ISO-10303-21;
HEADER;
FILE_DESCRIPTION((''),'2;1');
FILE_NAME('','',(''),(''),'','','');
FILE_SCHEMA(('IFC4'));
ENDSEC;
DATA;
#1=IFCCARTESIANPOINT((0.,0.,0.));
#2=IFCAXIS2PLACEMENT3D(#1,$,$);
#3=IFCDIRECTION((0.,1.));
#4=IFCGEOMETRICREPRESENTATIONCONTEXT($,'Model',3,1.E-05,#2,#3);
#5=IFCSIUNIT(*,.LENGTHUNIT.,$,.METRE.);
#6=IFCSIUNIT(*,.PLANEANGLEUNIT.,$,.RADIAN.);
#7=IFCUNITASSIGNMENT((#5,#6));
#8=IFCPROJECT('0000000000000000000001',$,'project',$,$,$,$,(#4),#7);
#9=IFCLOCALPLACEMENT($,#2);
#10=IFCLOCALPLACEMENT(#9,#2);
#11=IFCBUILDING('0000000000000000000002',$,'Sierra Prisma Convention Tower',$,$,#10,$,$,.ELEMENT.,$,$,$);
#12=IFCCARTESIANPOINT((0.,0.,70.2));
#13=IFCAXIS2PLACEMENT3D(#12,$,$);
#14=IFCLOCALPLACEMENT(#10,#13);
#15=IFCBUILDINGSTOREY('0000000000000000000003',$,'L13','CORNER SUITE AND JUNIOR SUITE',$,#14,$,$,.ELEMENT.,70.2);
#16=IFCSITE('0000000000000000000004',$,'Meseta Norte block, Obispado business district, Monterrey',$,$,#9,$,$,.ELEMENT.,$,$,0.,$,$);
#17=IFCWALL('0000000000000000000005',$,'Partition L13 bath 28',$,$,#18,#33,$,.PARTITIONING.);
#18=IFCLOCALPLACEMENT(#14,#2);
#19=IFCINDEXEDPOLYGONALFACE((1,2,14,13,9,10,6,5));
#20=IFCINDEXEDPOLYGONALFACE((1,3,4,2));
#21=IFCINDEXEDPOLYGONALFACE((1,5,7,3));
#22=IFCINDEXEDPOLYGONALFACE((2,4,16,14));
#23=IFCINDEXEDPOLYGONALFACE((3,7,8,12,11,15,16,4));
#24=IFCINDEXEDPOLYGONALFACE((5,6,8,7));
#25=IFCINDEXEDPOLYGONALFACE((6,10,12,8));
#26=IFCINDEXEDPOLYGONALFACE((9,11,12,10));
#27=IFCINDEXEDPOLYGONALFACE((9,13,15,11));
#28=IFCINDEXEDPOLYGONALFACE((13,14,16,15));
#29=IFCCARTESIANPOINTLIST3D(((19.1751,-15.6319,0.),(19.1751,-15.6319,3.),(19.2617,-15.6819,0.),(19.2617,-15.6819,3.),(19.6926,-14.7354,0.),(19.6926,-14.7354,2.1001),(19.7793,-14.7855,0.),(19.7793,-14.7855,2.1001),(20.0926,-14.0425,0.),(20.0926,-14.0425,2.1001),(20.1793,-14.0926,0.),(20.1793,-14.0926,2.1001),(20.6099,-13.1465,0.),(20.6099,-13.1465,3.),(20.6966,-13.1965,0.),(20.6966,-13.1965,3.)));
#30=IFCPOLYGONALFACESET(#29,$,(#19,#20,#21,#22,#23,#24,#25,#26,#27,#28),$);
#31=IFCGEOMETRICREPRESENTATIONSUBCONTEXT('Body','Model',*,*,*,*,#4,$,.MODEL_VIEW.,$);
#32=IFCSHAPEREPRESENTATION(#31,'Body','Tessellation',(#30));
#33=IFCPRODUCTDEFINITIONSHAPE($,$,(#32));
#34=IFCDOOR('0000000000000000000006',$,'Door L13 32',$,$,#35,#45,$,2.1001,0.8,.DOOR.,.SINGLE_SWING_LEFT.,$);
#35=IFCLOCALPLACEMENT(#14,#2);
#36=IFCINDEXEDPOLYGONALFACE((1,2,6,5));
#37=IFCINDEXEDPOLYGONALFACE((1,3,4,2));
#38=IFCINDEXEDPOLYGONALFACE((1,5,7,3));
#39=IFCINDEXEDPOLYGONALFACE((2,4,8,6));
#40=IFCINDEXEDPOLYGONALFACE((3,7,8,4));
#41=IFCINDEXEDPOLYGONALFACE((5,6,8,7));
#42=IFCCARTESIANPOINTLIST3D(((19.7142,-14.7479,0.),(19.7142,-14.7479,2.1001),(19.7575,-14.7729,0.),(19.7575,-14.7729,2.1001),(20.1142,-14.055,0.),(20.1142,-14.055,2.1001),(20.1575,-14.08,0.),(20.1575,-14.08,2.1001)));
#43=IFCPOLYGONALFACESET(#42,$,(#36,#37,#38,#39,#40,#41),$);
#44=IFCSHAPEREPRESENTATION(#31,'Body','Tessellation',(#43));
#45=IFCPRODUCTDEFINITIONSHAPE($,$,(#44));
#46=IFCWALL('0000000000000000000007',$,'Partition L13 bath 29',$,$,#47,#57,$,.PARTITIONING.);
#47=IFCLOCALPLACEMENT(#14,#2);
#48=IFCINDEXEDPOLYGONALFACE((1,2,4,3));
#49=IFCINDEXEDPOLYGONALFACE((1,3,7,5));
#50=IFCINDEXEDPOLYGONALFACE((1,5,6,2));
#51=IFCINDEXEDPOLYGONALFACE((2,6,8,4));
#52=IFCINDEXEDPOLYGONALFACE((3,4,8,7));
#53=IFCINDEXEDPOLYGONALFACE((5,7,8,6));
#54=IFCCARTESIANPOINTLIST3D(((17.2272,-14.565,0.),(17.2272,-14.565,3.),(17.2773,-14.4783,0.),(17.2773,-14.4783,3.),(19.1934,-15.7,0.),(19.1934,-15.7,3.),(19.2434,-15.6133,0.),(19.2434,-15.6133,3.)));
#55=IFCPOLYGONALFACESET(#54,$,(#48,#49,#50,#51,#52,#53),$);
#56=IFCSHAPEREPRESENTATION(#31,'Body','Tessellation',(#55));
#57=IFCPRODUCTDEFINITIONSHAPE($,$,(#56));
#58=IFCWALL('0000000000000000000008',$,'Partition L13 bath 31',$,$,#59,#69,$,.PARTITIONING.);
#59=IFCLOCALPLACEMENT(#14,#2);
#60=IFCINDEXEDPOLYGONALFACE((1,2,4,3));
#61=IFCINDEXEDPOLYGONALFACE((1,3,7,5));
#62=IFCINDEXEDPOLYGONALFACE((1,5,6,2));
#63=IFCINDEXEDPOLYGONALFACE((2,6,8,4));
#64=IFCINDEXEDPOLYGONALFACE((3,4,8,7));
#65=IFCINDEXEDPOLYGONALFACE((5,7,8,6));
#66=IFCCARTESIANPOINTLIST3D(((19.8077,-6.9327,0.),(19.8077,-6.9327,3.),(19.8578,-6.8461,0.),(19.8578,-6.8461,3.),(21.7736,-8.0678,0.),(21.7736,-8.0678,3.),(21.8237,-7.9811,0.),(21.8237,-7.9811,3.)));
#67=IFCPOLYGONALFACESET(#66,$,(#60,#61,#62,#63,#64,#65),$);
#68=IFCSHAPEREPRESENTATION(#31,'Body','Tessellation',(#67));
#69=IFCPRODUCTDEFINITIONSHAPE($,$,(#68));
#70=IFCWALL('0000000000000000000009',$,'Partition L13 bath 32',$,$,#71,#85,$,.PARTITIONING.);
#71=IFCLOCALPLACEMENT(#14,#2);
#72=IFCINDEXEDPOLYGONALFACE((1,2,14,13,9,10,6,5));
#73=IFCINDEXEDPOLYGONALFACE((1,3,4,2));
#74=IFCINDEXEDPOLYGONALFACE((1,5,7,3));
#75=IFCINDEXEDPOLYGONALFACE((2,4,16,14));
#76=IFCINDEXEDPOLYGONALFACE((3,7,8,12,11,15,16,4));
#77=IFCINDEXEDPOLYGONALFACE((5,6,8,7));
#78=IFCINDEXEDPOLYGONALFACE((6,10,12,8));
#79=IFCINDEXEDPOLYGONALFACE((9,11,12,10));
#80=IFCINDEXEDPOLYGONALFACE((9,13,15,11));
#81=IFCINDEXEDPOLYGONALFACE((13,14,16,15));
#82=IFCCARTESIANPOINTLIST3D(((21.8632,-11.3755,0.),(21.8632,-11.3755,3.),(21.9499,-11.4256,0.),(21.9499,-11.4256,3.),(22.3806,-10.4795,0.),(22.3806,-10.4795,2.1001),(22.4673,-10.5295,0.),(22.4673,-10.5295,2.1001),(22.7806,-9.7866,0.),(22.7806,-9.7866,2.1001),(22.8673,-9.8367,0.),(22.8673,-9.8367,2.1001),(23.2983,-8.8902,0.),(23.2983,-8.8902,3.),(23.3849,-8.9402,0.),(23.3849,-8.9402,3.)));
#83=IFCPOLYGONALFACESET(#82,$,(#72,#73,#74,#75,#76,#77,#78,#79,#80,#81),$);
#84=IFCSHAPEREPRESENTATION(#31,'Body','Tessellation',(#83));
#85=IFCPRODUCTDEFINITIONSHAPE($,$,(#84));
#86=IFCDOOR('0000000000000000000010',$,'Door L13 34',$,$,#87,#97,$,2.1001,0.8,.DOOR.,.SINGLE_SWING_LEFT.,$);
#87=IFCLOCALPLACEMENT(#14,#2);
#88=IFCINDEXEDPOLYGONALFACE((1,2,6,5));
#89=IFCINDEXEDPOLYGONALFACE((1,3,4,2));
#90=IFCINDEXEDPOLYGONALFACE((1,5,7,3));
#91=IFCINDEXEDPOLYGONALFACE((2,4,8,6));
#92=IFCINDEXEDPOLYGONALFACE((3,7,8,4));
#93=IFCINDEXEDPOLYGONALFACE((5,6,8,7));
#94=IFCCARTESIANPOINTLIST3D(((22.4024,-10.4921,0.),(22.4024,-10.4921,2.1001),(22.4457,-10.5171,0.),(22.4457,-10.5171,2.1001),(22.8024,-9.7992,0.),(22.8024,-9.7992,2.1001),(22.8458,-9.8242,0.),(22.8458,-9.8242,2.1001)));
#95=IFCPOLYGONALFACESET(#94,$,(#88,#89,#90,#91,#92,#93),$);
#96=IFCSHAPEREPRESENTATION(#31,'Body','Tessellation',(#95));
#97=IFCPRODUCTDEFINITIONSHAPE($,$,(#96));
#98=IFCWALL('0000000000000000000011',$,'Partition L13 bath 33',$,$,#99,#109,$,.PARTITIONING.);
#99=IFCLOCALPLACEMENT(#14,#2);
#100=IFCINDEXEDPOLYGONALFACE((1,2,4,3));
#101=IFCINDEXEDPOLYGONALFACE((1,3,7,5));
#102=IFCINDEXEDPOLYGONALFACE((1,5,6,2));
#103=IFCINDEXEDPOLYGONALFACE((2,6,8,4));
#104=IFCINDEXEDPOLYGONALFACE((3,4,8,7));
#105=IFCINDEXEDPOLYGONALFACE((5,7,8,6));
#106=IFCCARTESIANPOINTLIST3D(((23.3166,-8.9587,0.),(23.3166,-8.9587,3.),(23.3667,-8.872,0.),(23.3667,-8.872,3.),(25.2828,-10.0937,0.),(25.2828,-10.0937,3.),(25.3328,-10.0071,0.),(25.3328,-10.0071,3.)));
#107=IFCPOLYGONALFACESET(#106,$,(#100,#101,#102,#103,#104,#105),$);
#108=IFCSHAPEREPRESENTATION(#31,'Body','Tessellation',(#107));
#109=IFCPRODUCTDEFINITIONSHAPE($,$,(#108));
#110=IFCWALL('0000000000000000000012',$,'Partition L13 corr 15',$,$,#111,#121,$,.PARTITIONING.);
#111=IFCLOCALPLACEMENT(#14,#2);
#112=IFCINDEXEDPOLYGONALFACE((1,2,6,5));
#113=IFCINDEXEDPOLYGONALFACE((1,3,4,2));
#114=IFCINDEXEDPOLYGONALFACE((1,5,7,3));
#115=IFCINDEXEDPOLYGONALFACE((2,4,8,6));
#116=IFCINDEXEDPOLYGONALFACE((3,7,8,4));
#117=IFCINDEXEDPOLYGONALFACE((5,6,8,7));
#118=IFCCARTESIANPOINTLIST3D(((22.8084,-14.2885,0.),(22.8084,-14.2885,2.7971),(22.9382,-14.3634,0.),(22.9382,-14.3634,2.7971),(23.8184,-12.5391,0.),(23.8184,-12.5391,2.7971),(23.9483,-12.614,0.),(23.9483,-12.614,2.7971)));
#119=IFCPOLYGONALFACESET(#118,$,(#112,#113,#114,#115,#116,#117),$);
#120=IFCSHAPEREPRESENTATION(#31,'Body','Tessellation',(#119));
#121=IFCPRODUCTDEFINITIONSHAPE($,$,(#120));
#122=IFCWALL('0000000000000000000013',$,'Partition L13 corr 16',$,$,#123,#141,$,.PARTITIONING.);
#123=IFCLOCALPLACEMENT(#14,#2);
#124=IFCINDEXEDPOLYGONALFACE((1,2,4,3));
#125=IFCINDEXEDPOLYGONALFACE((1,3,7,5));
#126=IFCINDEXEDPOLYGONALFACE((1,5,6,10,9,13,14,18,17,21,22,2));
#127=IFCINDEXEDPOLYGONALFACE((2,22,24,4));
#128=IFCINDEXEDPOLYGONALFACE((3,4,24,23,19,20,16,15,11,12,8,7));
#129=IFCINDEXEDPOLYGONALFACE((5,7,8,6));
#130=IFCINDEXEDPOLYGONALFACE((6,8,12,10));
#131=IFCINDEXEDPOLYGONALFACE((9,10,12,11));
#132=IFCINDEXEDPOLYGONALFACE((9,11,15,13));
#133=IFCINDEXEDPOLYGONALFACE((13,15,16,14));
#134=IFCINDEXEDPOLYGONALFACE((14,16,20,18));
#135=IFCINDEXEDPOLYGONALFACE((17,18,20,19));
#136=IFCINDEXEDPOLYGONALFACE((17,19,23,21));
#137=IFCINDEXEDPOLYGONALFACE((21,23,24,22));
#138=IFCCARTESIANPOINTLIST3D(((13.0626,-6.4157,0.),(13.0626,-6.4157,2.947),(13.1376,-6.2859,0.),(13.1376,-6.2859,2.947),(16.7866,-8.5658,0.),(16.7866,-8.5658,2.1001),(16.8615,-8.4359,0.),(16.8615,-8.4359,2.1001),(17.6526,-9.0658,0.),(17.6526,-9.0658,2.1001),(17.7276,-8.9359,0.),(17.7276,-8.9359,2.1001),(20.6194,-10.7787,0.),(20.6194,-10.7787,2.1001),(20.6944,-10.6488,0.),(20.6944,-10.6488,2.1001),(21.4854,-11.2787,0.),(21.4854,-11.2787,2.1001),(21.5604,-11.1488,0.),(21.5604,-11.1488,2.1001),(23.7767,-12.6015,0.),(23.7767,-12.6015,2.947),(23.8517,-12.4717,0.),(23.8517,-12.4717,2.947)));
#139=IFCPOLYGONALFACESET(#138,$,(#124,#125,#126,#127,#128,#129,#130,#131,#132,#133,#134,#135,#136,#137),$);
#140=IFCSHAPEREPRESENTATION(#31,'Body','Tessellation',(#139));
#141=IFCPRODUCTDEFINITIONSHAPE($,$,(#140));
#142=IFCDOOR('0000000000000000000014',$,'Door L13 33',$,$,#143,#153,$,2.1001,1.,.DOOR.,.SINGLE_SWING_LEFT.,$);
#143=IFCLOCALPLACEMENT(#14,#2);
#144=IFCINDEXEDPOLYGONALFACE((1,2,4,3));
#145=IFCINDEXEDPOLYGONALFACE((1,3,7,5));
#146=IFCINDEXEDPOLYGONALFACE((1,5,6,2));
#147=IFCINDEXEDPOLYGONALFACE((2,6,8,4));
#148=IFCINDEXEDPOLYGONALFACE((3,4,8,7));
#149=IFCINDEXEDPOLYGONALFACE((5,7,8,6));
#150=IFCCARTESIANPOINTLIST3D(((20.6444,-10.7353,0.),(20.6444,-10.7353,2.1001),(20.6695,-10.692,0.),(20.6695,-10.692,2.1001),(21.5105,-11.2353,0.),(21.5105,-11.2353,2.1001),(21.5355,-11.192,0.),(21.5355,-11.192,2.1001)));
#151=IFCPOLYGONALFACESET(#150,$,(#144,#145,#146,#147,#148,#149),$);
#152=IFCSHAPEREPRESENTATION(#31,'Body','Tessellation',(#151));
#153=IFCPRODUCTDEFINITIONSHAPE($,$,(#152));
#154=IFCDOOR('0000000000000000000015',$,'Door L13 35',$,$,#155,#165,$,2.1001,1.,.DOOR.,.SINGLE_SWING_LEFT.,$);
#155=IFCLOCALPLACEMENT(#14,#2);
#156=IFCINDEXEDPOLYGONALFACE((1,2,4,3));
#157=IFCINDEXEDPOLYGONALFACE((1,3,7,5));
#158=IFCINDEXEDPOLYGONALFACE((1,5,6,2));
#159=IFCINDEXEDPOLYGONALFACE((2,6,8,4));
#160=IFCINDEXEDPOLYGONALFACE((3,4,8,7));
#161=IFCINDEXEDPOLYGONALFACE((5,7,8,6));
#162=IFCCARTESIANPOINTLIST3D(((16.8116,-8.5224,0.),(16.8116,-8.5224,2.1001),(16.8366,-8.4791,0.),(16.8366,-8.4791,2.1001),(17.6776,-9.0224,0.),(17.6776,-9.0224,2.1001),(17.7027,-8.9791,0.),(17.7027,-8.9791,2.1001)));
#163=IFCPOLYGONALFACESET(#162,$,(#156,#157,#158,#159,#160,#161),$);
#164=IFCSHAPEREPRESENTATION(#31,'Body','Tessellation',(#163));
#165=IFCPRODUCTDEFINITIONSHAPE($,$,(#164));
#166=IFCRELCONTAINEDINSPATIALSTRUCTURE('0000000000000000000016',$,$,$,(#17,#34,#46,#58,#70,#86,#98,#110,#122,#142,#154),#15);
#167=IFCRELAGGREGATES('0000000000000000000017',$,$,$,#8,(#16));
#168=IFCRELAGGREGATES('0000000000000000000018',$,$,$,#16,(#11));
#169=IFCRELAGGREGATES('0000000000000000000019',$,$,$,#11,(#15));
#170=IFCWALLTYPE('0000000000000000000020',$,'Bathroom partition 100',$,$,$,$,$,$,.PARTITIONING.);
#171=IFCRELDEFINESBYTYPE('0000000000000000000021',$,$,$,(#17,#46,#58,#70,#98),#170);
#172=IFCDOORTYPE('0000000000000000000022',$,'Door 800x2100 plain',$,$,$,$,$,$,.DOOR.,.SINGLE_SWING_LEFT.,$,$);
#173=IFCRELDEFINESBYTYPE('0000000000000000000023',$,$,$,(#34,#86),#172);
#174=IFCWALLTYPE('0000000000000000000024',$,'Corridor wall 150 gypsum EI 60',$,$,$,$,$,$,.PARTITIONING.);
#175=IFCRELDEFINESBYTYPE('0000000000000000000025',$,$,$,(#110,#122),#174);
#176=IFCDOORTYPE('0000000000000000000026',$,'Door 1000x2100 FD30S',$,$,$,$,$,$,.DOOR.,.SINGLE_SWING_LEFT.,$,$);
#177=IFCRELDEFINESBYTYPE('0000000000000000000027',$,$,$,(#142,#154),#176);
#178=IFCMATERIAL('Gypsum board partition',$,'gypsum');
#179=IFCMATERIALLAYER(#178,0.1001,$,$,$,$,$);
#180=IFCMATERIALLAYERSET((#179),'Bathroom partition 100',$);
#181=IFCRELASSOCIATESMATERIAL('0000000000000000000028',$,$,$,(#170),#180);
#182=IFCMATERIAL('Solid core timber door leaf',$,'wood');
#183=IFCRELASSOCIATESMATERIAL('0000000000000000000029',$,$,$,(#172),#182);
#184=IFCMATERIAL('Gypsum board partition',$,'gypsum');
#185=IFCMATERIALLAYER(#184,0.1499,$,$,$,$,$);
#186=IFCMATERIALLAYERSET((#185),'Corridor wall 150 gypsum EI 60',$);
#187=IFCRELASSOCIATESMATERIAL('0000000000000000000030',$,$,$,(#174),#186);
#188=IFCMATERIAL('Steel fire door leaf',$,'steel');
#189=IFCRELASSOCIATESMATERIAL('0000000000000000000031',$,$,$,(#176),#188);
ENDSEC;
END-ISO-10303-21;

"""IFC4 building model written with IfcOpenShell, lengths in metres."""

from ifc_helpers import new_model, si_unit, direction, frame, frame_2d, origin, place, context, subcontext, project, spatial, rectangle, extrude, material, layer, layer_set, type_object, element, fill, save


model = new_model("IFC4")

# Units and contexts
model_context = context("Model", 3, precision=1e-05, world=origin(), true_north=direction((0.0, 1.0)))
body_context = subcontext(model_context, "Body", "Model", "MODEL_VIEW")
ifc_project = project(units=[si_unit("LENGTHUNIT", "METRE"), si_unit("PLANEANGLEUNIT", "RADIAN")], contexts=[model_context])

# Site, building, storey
site_placement = place(None, origin())
site = spatial("IfcSite", under=ifc_project, at=site_placement, Name="Meseta Norte block, Obispado business district, Monterrey", CompositionType="ELEMENT", RefElevation=0.0)
building_placement = place(site_placement, origin())
building = spatial("IfcBuilding", under=site, at=building_placement, Name="Sierra Prisma Convention Tower", CompositionType="ELEMENT")
storey_placement = place(building_placement, frame((0.0, 0.0, 70.2)))
storey = spatial("IfcBuildingStorey", under=building, at=storey_placement, Name="L13", Description="CORNER SUITE AND JUNIOR SUITE", CompositionType="ELEMENT", Elevation=70.2)

# Wall, opening, door
ifc_material_1 = material(Name="Gypsum board partition", Category="gypsum")
ifc_layer_1 = layer(ifc_material_1, 0.1001)
ifc_layer_set_1 = layer_set([ifc_layer_1], Name="Bathroom partition 100")
wall_type_1 = type_object("IfcWallType", Name="Bathroom partition 100", PredefinedType="PARTITIONING", material=ifc_layer_set_1)
wall_1_placement = place(storey_placement, frame((20.6533, -13.1714, 0.0), z_axis=(0.0, 0.0, 1.0), x_axis=(-0.499973, -0.866041, 0.0)))
wall_1 = element("IfcWall", 1, at=wall_1_placement, inside=storey, type_object=wall_type_1, Name="Partition L13 bath 28", PredefinedType="PARTITIONING", context=body_context, shape_type="SweptSolid", body=[
    extrude(rectangle(XDim=2.8699, YDim=0.1001, at=frame_2d((1.4351, 0.0))), origin(), (0.0, 0.0, 1.0), 3.0),
])
opening_1_placement = place(wall_1_placement, frame((1.0349, 0.0, 0.0)))
opening_1 = element("IfcOpeningElement", 2, at=opening_1_placement, cuts=wall_1, PredefinedType="OPENING", context=body_context, shape_type="SweptSolid", body=[
    extrude(rectangle(XDim=0.8, YDim=2.1001, at=frame_2d((0.3999, 1.05))), frame((0.0, 0.05, 0.0), z_axis=(0.0, -1.0, 0.0), x_axis=(1.0, 0.0, 0.0)), (0.0, 0.0, 1.0), 0.1001),
])
ifc_material_2 = material(Name="Solid core timber door leaf", Category="wood")
door_type_1 = type_object("IfcDoorType", Name="Door 800x2100 plain", OperationType="SINGLE_SWING_LEFT", PredefinedType="DOOR", material=ifc_material_2)
door_1_placement = place(opening_1_placement, origin())
door_1 = element("IfcDoor", 3, at=door_1_placement, inside=storey, type_object=door_type_1, Name="Door L13 32", OperationType="SINGLE_SWING_LEFT", OverallHeight=2.1001, OverallWidth=0.8, PredefinedType="DOOR", context=body_context, shape_type="SweptSolid", body=[
    extrude(rectangle(XDim=0.8, YDim=2.1001, at=frame_2d((0.3999, 1.05))), frame((0.0, 0.0249, 0.0), z_axis=(0.0, -1.0, 0.0), x_axis=(1.0, 0.0, 0.0)), (0.0, 0.0, 1.0), 0.05),
])
fill(opening_1, door_1)

# Walls
wall_2_placement = place(storey_placement, frame((19.2185, -15.6567, 0.0), z_axis=(0.0, 0.0, 1.0), x_axis=(-0.866044, 0.499968, 0.0)))
element("IfcWall", 4, at=wall_2_placement, inside=storey, type_object=wall_type_1, Name="Partition L13 bath 29", PredefinedType="PARTITIONING", context=body_context, shape_type="SweptSolid", body=[
    extrude(rectangle(XDim=2.2703, YDim=0.1001, at=frame_2d((1.1353, 0.0))), origin(), (0.0, 0.0, 1.0), 3.0),
])
wall_3_placement = place(storey_placement, frame((19.8328, -6.8894, 0.0), z_axis=(0.0, 0.0, 1.0), x_axis=(0.866017, -0.500014, 0.0)))
element("IfcWall", 5, at=wall_3_placement, inside=storey, type_object=wall_type_1, Name="Partition L13 bath 31", PredefinedType="PARTITIONING", context=body_context, shape_type="SweptSolid", body=[
    extrude(rectangle(XDim=2.27, YDim=0.1001, at=frame_2d((1.135, 0.0))), origin(), (0.0, 0.0, 1.0), 3.0),
])

# Wall, opening, door
wall_4_placement = place(storey_placement, frame((21.9065, -11.4006, 0.0), z_axis=(0.0, 0.0, 1.0), x_axis=(0.500037, 0.866004, 0.0)))
wall_4 = element("IfcWall", 6, at=wall_4_placement, inside=storey, type_object=wall_type_1, Name="Partition L13 bath 32", PredefinedType="PARTITIONING", context=body_context, shape_type="SweptSolid", body=[
    extrude(rectangle(XDim=2.8699, YDim=0.1001, at=frame_2d((1.4351, 0.0))), origin(), (0.0, 0.0, 1.0), 3.0),
])
opening_2_placement = place(wall_4_placement, frame((1.0349, 0.0, 0.0)))
opening_2 = element("IfcOpeningElement", 7, at=opening_2_placement, cuts=wall_4, PredefinedType="OPENING", context=body_context, shape_type="SweptSolid", body=[
    extrude(rectangle(XDim=0.8, YDim=2.1001, at=frame_2d((0.3999, 1.05))), frame((0.0, 0.05, 0.0), z_axis=(0.0, -1.0, 0.0), x_axis=(1.0, 0.0, 0.0)), (0.0, 0.0, 1.0), 0.1001),
])
door_2_placement = place(opening_2_placement, origin())
door_2 = element("IfcDoor", 8, at=door_2_placement, inside=storey, type_object=door_type_1, Name="Door L13 34", OperationType="SINGLE_SWING_LEFT", OverallHeight=2.1001, OverallWidth=0.8, PredefinedType="DOOR", context=body_context, shape_type="SweptSolid", body=[
    extrude(rectangle(XDim=0.8, YDim=2.1001, at=frame_2d((0.3999, 1.05))), frame((0.0, 0.0249, 0.0), z_axis=(0.0, -1.0, 0.0), x_axis=(1.0, 0.0, 0.0)), (0.0, 0.0, 1.0), 0.05),
])
fill(opening_2, door_2)

# Walls
wall_5_placement = place(storey_placement, frame((23.3416, -8.9153, 0.0), z_axis=(0.0, 0.0, 1.0), x_axis=(0.866044, -0.499968, 0.0)))
element("IfcWall", 9, at=wall_5_placement, inside=storey, type_object=wall_type_1, Name="Partition L13 bath 33", PredefinedType="PARTITIONING", context=body_context, shape_type="SweptSolid", body=[
    extrude(rectangle(XDim=2.2703, YDim=0.1001, at=frame_2d((1.1353, 0.0))), origin(), (0.0, 0.0, 1.0), 3.0),
])
ifc_material_3 = material(Name="Gypsum board partition", Category="gypsum")
ifc_layer_2 = layer(ifc_material_3, 0.1499)
ifc_layer_set_2 = layer_set([ifc_layer_2], Name="Corridor wall 150 gypsum EI 60")
wall_type_2 = type_object("IfcWallType", Name="Corridor wall 150 gypsum EI 60", PredefinedType="PARTITIONING", material=ifc_layer_set_2)
wall_6_placement = place(storey_placement, frame((22.8733, -14.3259, 0.0), z_axis=(0.0, 0.0, 1.0), x_axis=(0.500026, 0.86601, 0.0)))
element("IfcWall", 10, at=wall_6_placement, inside=storey, type_object=wall_type_2, Name="Partition L13 corr 15", PredefinedType="PARTITIONING", context=body_context, shape_type="SweptSolid", body=[
    extrude(rectangle(XDim=2.02, YDim=0.1499, at=frame_2d((1.01, 0.0))), origin(), (0.0, 0.0, 1.0), 2.7971),
])

# Wall, openings, doors
wall_7_placement = place(storey_placement, frame((23.8142, -12.5366, 0.0), z_axis=(0.0, 0.0, 1.0), x_axis=(-0.866026, 0.5, 0.0)))
wall_7 = element("IfcWall", 11, at=wall_7_placement, inside=storey, type_object=wall_type_2, Name="Partition L13 corr 16", PredefinedType="PARTITIONING", context=body_context, shape_type="SweptSolid", body=[
    extrude(rectangle(XDim=12.3716, YDim=0.1499, at=frame_2d((6.1858, 0.0))), origin(), (0.0, 0.0, 1.0), 2.947),
])
opening_3_placement = place(wall_7_placement, frame((2.6458, 0.0, 0.0)))
opening_3 = element("IfcOpeningElement", 12, at=opening_3_placement, cuts=wall_7, PredefinedType="OPENING", context=body_context, shape_type="SweptSolid", body=[
    extrude(rectangle(XDim=1.0, YDim=2.1001, at=frame_2d((0.5, 1.05))), frame((0.0, 0.075, 0.0), z_axis=(0.0, -1.0, 0.0), x_axis=(1.0, 0.0, 0.0)), (0.0, 0.0, 1.0), 0.1499),
])
opening_4_placement = place(wall_7_placement, frame((7.0715, 0.0, 0.0)))
opening_4 = element("IfcOpeningElement", 13, at=opening_4_placement, cuts=wall_7, PredefinedType="OPENING", context=body_context, shape_type="SweptSolid", body=[
    extrude(rectangle(XDim=1.0, YDim=2.1001, at=frame_2d((0.5, 1.05))), frame((0.0, 0.075, 0.0), z_axis=(0.0, -1.0, 0.0), x_axis=(1.0, 0.0, 0.0)), (0.0, 0.0, 1.0), 0.1499),
])
ifc_material_4 = material(Name="Steel fire door leaf", Category="steel")
door_type_2 = type_object("IfcDoorType", Name="Door 1000x2100 FD30S", OperationType="SINGLE_SWING_LEFT", PredefinedType="DOOR", material=ifc_material_4)
door_3_placement = place(opening_3_placement, origin())
door_3 = element("IfcDoor", 14, at=door_3_placement, inside=storey, type_object=door_type_2, Name="Door L13 33", OperationType="SINGLE_SWING_LEFT", OverallHeight=2.1001, OverallWidth=1.0, PredefinedType="DOOR", context=body_context, shape_type="SweptSolid", body=[
    extrude(rectangle(XDim=1.0, YDim=2.1001, at=frame_2d((0.5, 1.05))), frame((0.0, 0.0249, 0.0), z_axis=(0.0, -1.0, 0.0), x_axis=(1.0, 0.0, 0.0)), (0.0, 0.0, 1.0), 0.05),
])
fill(opening_3, door_3)
door_4_placement = place(opening_4_placement, origin())
door_4 = element("IfcDoor", 15, at=door_4_placement, inside=storey, type_object=door_type_2, Name="Door L13 35", OperationType="SINGLE_SWING_LEFT", OverallHeight=2.1001, OverallWidth=1.0, PredefinedType="DOOR", context=body_context, shape_type="SweptSolid", body=[
    extrude(rectangle(XDim=1.0, YDim=2.1001, at=frame_2d((0.5, 1.05))), frame((0.0, 0.0249, 0.0), z_axis=(0.0, -1.0, 0.0), x_axis=(1.0, 0.0, 0.0)), (0.0, 0.0, 1.0), 0.05),
])
fill(opening_4, door_4)

save(model, "model.ifc")
